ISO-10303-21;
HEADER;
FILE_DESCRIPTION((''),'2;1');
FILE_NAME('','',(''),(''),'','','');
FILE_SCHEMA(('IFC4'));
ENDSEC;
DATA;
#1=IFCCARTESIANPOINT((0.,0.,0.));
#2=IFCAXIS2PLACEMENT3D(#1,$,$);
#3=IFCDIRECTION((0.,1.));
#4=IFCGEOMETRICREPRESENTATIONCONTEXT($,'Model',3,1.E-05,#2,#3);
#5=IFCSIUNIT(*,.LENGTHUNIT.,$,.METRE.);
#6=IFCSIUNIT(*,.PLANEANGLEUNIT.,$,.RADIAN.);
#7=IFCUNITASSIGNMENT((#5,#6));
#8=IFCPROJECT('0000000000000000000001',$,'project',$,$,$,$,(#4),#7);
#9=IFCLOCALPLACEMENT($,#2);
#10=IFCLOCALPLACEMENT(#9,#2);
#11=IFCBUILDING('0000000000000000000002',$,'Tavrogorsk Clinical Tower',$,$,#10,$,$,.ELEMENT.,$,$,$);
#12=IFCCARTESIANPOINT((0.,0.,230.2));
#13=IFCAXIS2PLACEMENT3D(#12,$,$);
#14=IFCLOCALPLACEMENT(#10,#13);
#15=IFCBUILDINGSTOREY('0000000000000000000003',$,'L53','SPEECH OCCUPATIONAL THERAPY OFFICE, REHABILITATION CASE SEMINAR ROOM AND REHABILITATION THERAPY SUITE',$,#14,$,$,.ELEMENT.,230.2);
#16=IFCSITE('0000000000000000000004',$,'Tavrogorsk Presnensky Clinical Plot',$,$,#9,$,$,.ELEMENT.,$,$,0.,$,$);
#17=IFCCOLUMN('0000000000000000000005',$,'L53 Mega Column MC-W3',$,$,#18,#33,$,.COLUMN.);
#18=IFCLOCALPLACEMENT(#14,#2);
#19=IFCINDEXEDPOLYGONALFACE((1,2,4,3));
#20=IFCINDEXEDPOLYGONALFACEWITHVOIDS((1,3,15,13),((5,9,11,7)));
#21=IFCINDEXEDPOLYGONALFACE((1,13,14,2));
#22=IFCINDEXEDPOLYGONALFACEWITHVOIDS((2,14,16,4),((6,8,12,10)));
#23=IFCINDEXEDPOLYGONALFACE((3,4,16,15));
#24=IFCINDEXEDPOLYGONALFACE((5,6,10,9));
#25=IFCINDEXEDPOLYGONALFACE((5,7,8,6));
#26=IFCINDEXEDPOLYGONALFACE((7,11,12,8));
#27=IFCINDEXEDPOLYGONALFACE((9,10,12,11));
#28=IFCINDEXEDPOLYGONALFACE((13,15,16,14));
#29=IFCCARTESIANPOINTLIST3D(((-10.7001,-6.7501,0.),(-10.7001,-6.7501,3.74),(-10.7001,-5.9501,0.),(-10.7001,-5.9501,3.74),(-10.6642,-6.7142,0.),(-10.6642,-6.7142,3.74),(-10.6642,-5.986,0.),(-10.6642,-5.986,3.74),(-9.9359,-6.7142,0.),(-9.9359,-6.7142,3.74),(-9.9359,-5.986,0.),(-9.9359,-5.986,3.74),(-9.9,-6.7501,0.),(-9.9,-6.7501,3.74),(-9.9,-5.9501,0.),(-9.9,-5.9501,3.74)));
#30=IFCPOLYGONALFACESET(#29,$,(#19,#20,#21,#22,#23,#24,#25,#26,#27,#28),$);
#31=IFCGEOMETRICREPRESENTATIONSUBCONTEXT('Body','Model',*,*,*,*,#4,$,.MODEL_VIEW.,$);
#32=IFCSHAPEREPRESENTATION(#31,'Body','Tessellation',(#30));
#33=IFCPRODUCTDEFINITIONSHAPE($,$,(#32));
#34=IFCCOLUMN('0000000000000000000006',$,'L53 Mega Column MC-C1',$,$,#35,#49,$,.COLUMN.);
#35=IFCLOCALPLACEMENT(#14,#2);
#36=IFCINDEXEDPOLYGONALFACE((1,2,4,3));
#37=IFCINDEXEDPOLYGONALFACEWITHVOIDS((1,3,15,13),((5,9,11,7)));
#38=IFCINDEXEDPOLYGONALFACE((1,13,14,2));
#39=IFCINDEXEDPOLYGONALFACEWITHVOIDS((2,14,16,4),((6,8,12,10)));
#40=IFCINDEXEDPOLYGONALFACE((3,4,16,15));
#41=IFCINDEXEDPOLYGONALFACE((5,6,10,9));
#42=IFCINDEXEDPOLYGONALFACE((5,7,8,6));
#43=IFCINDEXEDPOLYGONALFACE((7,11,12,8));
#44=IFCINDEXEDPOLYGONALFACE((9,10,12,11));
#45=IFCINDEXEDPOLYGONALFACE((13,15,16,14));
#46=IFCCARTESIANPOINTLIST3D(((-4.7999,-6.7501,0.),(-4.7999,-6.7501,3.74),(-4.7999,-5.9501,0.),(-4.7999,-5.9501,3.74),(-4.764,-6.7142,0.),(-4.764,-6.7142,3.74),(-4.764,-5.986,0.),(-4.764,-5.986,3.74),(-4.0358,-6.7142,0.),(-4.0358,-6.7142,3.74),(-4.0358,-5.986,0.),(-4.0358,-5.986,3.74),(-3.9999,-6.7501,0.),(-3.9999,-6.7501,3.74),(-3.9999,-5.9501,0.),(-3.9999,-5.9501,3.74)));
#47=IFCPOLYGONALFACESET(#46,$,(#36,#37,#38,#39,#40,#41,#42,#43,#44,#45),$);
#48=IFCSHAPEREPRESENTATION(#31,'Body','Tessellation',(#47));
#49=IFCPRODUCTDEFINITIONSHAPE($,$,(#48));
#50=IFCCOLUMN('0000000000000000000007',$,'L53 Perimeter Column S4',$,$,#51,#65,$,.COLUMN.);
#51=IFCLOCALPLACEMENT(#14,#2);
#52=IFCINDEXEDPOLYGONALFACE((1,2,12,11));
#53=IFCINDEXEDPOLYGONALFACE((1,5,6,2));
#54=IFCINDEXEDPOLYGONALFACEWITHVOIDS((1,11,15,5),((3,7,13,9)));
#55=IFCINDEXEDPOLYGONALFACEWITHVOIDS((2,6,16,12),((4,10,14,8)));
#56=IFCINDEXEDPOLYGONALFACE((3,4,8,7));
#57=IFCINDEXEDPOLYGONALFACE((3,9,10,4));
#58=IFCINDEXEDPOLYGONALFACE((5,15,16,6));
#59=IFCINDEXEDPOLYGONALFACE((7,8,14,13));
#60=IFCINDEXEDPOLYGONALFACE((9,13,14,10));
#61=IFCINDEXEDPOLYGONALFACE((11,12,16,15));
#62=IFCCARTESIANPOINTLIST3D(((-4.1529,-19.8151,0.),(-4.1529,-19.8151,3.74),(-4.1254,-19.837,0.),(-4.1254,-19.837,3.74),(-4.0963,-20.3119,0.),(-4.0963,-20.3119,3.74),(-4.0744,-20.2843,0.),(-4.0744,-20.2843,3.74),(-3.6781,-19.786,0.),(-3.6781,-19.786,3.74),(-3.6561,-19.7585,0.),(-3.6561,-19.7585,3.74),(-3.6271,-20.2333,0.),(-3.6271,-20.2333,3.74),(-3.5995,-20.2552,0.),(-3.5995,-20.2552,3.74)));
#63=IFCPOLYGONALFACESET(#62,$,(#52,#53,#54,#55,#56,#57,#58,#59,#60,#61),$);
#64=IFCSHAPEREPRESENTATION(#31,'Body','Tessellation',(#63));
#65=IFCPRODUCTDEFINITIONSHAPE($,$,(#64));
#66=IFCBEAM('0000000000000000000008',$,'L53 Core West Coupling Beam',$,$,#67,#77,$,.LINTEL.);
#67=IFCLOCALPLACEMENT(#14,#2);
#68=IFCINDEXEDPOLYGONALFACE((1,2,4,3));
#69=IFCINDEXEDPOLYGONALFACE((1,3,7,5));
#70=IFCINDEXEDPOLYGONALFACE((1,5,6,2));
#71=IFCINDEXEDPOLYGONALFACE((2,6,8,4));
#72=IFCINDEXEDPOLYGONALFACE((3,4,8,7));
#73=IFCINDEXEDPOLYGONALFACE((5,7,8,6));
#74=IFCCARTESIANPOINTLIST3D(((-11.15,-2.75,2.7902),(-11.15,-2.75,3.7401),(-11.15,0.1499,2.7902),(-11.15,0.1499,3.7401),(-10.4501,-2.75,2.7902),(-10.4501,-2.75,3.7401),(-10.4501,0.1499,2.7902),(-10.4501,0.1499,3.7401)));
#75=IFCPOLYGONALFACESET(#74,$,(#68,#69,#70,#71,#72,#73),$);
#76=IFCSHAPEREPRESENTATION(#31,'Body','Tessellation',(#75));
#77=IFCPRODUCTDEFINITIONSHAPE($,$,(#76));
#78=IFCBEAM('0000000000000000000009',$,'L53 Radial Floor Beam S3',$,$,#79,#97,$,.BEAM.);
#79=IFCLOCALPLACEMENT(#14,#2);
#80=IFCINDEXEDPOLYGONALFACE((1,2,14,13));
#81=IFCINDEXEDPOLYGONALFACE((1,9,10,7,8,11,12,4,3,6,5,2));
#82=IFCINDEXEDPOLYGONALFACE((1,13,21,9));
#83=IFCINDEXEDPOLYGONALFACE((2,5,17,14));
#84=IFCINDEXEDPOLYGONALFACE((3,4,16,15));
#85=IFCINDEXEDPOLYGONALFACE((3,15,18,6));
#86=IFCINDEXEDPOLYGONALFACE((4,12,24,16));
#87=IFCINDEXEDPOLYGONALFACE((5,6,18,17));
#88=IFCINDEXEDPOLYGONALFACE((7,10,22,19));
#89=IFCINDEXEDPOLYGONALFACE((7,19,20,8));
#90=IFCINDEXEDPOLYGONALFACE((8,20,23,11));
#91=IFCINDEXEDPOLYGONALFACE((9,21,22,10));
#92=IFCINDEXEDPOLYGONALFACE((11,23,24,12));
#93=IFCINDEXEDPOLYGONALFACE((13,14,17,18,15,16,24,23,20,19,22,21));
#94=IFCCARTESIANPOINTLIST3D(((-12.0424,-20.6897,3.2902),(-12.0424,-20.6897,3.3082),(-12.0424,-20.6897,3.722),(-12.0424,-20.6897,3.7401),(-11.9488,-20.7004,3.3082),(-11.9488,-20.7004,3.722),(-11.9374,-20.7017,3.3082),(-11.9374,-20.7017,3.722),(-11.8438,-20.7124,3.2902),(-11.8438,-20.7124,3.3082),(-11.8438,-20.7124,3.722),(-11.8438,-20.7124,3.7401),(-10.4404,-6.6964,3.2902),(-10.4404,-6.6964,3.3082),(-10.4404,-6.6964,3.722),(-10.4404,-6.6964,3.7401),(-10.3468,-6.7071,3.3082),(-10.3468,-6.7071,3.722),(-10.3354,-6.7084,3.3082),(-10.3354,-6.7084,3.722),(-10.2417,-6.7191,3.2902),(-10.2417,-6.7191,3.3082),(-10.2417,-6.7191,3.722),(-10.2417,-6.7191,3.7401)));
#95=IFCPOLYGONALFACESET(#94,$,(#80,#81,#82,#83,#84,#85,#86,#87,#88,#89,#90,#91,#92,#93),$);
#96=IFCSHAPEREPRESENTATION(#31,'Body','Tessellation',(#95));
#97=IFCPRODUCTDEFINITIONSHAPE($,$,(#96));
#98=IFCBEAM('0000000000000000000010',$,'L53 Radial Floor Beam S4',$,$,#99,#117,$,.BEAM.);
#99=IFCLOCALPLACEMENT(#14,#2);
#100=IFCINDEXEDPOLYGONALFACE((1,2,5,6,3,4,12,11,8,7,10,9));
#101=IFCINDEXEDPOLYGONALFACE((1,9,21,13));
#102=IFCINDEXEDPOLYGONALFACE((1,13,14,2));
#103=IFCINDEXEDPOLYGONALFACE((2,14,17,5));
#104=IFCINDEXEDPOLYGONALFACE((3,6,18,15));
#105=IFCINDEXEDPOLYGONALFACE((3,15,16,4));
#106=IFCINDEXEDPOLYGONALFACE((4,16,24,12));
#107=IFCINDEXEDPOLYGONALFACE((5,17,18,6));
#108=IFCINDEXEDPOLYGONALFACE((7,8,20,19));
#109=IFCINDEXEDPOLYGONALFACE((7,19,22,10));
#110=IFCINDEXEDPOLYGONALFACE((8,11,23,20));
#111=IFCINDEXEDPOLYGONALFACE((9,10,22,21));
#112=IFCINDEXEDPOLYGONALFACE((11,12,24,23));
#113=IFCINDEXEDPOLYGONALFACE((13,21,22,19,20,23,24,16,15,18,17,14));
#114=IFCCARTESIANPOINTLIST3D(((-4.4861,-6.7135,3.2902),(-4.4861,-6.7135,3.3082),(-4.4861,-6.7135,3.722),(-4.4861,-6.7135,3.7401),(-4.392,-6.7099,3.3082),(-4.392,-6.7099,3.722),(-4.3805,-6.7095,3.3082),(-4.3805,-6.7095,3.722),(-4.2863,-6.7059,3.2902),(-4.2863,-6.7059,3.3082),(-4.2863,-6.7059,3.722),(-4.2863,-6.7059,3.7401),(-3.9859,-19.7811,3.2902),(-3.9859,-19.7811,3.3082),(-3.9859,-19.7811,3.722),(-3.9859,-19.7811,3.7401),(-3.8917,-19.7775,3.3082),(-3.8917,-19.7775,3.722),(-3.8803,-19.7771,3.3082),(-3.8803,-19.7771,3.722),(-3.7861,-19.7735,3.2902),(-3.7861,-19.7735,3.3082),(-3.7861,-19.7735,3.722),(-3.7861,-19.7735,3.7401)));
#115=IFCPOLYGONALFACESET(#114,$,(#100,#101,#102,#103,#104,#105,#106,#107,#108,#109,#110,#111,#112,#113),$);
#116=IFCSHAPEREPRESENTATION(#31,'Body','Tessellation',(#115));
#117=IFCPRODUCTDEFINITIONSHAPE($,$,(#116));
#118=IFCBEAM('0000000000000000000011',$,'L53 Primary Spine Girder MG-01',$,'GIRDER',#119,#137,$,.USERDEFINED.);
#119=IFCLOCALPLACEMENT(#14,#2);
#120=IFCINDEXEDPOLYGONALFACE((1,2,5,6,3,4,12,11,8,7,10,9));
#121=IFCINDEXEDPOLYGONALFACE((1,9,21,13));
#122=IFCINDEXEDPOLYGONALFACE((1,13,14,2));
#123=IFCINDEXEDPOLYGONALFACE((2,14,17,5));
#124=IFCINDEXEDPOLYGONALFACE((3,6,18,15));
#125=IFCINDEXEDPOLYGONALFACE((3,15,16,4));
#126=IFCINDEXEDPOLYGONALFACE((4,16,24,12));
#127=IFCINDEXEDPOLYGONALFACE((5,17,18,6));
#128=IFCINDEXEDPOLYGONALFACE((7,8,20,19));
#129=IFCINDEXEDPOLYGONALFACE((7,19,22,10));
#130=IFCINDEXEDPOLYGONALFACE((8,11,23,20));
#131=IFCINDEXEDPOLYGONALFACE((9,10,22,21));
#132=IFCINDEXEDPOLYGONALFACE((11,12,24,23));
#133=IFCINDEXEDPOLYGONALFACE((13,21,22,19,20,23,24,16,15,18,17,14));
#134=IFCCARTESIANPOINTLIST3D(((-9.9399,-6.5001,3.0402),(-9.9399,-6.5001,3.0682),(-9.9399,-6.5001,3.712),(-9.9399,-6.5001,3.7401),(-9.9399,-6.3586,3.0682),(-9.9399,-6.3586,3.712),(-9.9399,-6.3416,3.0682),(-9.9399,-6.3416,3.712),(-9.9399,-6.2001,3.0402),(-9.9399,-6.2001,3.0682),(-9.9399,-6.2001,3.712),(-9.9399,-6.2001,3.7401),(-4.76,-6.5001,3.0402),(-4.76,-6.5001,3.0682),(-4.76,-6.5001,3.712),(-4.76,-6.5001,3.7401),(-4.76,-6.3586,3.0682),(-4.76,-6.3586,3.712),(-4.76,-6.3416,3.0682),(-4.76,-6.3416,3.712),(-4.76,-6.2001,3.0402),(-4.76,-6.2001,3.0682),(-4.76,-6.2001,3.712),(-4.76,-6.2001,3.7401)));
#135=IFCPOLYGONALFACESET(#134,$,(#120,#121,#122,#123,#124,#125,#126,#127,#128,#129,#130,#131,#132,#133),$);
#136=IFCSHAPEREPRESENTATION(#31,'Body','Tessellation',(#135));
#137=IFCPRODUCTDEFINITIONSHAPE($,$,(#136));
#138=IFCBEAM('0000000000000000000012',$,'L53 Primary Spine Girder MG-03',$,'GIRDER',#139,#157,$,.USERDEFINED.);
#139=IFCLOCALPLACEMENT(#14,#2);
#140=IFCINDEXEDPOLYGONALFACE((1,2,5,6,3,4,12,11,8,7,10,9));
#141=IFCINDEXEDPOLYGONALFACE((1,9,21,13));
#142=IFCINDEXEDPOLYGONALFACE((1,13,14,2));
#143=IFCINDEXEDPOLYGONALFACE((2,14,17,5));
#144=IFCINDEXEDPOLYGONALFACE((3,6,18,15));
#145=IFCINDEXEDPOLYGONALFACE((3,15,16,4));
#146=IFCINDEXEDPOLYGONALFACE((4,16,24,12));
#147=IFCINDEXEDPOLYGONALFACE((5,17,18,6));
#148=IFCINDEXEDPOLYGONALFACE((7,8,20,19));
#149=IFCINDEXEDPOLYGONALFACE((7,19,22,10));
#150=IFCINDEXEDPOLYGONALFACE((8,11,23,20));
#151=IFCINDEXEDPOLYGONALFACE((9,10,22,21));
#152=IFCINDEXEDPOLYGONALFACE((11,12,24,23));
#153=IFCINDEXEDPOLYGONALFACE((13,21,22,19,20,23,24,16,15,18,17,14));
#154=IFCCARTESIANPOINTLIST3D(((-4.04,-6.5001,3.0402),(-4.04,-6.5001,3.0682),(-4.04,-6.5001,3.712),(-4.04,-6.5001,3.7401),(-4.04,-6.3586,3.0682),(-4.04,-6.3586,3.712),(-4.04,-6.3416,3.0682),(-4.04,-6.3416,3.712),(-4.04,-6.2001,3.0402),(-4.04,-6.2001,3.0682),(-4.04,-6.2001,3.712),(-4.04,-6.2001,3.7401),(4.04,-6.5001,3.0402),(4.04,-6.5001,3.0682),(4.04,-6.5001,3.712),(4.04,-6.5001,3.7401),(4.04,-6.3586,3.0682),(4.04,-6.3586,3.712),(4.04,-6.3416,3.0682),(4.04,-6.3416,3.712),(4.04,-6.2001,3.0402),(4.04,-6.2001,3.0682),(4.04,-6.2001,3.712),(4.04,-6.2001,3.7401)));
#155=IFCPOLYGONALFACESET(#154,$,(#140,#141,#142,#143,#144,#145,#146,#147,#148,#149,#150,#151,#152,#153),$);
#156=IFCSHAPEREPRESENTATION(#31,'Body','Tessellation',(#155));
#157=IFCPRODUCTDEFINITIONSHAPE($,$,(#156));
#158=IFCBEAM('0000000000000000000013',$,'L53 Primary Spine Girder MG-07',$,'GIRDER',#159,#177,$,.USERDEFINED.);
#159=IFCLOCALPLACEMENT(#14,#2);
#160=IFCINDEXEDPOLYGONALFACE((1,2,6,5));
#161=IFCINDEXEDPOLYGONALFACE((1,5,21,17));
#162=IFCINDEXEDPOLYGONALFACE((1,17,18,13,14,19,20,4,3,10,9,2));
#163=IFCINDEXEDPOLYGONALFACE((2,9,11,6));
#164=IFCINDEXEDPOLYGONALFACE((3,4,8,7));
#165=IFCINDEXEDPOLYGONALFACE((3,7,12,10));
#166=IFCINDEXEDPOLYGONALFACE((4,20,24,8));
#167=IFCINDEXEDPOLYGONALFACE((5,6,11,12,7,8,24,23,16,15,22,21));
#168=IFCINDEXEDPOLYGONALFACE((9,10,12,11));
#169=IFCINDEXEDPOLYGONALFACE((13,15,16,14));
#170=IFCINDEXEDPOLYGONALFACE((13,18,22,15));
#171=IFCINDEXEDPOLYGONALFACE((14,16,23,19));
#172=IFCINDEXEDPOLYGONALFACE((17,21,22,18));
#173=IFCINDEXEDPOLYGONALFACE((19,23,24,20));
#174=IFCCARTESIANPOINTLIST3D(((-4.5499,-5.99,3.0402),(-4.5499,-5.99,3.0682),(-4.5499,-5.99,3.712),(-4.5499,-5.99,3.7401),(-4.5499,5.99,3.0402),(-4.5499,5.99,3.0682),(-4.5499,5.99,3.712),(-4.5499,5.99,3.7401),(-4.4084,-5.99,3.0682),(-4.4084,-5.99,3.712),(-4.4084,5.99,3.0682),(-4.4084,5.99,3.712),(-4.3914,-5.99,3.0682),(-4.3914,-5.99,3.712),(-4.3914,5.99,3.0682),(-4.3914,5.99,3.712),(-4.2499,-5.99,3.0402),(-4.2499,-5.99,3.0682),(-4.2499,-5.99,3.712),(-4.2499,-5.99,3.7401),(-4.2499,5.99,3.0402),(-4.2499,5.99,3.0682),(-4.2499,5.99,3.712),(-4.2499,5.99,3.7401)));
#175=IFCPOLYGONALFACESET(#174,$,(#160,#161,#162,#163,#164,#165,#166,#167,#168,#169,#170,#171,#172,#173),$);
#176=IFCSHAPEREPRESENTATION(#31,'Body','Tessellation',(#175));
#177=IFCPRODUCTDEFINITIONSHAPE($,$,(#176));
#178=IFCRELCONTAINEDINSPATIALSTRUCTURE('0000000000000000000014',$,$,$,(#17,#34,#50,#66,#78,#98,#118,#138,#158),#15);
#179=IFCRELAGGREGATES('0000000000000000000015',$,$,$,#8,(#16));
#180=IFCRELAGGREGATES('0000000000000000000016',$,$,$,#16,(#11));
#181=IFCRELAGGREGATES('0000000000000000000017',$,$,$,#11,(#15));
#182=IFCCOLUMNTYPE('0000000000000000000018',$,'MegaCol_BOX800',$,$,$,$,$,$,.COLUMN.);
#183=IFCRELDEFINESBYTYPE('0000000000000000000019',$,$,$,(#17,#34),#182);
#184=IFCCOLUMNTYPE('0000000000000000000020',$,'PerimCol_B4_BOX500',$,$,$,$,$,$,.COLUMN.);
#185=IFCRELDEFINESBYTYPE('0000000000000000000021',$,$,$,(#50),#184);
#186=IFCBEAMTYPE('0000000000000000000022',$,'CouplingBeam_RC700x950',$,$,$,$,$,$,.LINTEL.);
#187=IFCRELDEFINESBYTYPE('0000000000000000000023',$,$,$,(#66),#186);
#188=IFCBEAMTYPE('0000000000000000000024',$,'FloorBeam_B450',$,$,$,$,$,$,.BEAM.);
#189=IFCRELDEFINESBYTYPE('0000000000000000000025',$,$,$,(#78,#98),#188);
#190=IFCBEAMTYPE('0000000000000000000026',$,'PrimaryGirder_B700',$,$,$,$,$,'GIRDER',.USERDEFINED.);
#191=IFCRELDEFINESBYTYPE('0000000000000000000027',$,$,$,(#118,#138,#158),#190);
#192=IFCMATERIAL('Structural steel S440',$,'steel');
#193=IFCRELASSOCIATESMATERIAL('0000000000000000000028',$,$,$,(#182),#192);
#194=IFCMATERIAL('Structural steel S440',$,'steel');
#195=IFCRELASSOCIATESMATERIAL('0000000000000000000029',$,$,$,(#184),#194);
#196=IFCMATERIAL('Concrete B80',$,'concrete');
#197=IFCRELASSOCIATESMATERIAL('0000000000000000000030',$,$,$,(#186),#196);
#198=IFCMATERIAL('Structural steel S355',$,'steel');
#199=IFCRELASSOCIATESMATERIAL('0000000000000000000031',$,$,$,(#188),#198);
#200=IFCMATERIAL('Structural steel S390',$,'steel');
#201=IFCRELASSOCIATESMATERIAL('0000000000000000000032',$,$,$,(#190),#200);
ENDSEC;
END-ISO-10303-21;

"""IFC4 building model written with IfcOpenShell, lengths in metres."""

from ifc_helpers import new_model, si_unit, direction, frame, origin, origin_2d, place, context, subcontext, project, spatial, rectangle, hollow_rectangle, i_section, extrude, material, material_profile, profile_set, type_object, element, save


model = new_model("IFC4")

# Units and contexts
model_context = context("Model", 3, precision=1e-05, world=origin(), true_north=direction((0.0, 1.0)))
body_context = subcontext(model_context, "Body", "Model", "MODEL_VIEW")
ifc_project = project(units=[si_unit("LENGTHUNIT", "METRE"), si_unit("PLANEANGLEUNIT", "RADIAN")], contexts=[model_context])

# Site, building, storey
site_placement = place(None, origin())
site = spatial("IfcSite", under=ifc_project, at=site_placement, Name="Tavrogorsk Presnensky Clinical Plot", CompositionType="ELEMENT", RefElevation=0.0)
building_placement = place(site_placement, origin())
building = spatial("IfcBuilding", under=site, at=building_placement, Name="Tavrogorsk Clinical Tower", CompositionType="ELEMENT")
storey_placement = place(building_placement, frame((0.0, 0.0, 230.2)))
storey = spatial("IfcBuildingStorey", under=building, at=storey_placement, Name="L53", Description="SPEECH OCCUPATIONAL THERAPY OFFICE, REHABILITATION CASE SEMINAR ROOM AND REHABILITATION THERAPY SUITE", CompositionType="ELEMENT", Elevation=230.2)

# Columns
ifc_material_1 = material(Name="Structural steel S440", Category="steel")
ifc_material_profile_1 = material_profile(ifc_material_1, hollow_rectangle(XDim=0.8, YDim=0.8, WallThickness=0.0359, at=origin_2d()), Name="BOX-800x800x36")
ifc_profile_set_1 = profile_set([ifc_material_profile_1], Name="Structural steel S440")
column_type_1 = type_object("IfcColumnType", Name="MegaCol_BOX800", PredefinedType="COLUMN", material=ifc_profile_set_1)
for number, where, z_axis, x_axis, name in (
    (1, (-10.3, -6.3501, 0.0), (0.0, 0.0, 1.0), (1.0, 0.0, 0.0), "L53 Mega Column MC-W3"),
    (2, (-4.3999, -6.3501, 0.0), (0.0, 0.0, 1.0), (1.0, 0.0, 0.0), "L53 Mega Column MC-C1"),
):
    element("IfcColumn", number, at=place(storey_placement, frame(where, z_axis=z_axis, x_axis=x_axis)), inside=storey, type_object=column_type_1, Name=name, PredefinedType="COLUMN", context=body_context, shape_type="SweptSolid", body=[
        extrude(hollow_rectangle(XDim=0.8, YDim=0.8, WallThickness=0.0359, at=origin_2d()), origin(), (0.0, 0.0, 1.0), 3.74),
    ])
ifc_material_2 = material(Name="Structural steel S440", Category="steel")
ifc_material_profile_2 = material_profile(ifc_material_2, hollow_rectangle(XDim=0.5, YDim=0.5, WallThickness=0.0249, at=origin_2d()), Name="BOX-500x500x25")
ifc_profile_set_2 = profile_set([ifc_material_profile_2], Name="Structural steel S440")
column_type_2 = type_object("IfcColumnType", Name="PerimCol_B4_BOX500", PredefinedType="COLUMN", material=ifc_profile_set_2)
column_placement = place(storey_placement, frame((-3.8762, -20.0352, 0.0), z_axis=(0.0, 0.0, 1.0), x_axis=(0.993572, 0.113203, 0.0)))
element("IfcColumn", 3, at=column_placement, inside=storey, type_object=column_type_2, Name="L53 Perimeter Column S4", PredefinedType="COLUMN", context=body_context, shape_type="SweptSolid", body=[
    extrude(hollow_rectangle(XDim=0.5, YDim=0.5, WallThickness=0.0249, at=origin_2d()), origin(), (0.0, 0.0, 1.0), 3.74),
])

# Beams
ifc_material_3 = material(Name="Concrete B80", Category="concrete")
ifc_material_profile_3 = material_profile(ifc_material_3, rectangle(XDim=0.7, YDim=0.95, at=origin_2d()), Name="RC-CB-700x950")
ifc_profile_set_3 = profile_set([ifc_material_profile_3], Name="Concrete B80")
beam_type_1 = type_object("IfcBeamType", Name="CouplingBeam_RC700x950", PredefinedType="LINTEL", material=ifc_profile_set_3)
beam_1_placement = place(storey_placement, frame((-10.8, -2.75, 3.2651), z_axis=(0.0, 1.0, 0.0), x_axis=(-1.0, 0.0, 0.0)))
element("IfcBeam", 4, at=beam_1_placement, inside=storey, type_object=beam_type_1, Name="L53 Core West Coupling Beam", PredefinedType="LINTEL", context=body_context, shape_type="SweptSolid", body=[
    extrude(rectangle(XDim=0.7, YDim=0.95, at=origin_2d()), origin(), (0.0, 0.0, 1.0), 2.8999),
])
ifc_material_4 = material(Name="Structural steel S355", Category="steel")
ifc_material_profile_4 = material_profile(ifc_material_4, i_section(OverallWidth=0.2, OverallDepth=0.45, WebThickness=0.0115, FlangeThickness=0.0181, at=origin_2d()), Name="B-450x200x11.5x18")
ifc_profile_set_4 = profile_set([ifc_material_profile_4], Name="Structural steel S355")
beam_type_2 = type_object("IfcBeamType", Name="FloorBeam_B450", PredefinedType="BEAM", material=ifc_profile_set_4)
beam_2_placement = place(storey_placement, frame((-10.3411, -6.7078, 3.5151), z_axis=(-0.113743, -0.99351, 0.0), x_axis=(0.99351, -0.113743, 0.0)))
element("IfcBeam", 5, at=beam_2_placement, inside=storey, type_object=beam_type_2, Name="L53 Radial Floor Beam S3", PredefinedType="BEAM", context=body_context, shape_type="SweptSolid", body=[
    extrude(i_section(OverallWidth=0.2, OverallDepth=0.45, WebThickness=0.0115, FlangeThickness=0.0181, at=origin_2d()), origin(), (0.0, 0.0, 1.0), 14.0847),
])
beam_3_placement = place(storey_placement, frame((-4.3862, -6.7097, 3.5151), z_axis=(0.038253, -0.999268, 0.0), x_axis=(0.999268, 0.038253, 0.0)))
element("IfcBeam", 6, at=beam_3_placement, inside=storey, type_object=beam_type_2, Name="L53 Radial Floor Beam S4", PredefinedType="BEAM", context=body_context, shape_type="SweptSolid", body=[
    extrude(i_section(OverallWidth=0.2, OverallDepth=0.45, WebThickness=0.0115, FlangeThickness=0.0181, at=origin_2d()), origin(), (0.0, 0.0, 1.0), 13.0771),
])
ifc_material_5 = material(Name="Structural steel S390", Category="steel")
ifc_material_profile_5 = material_profile(ifc_material_5, i_section(OverallWidth=0.3, OverallDepth=0.7, WebThickness=0.0171, FlangeThickness=0.0281, at=origin_2d()), Name="B-700x300x17x28")
ifc_profile_set_5 = profile_set([ifc_material_profile_5], Name="Structural steel S390")
beam_type_3 = type_object("IfcBeamType", Name="PrimaryGirder_B700", ElementType="GIRDER", PredefinedType="USERDEFINED", material=ifc_profile_set_5)
beam_4_placement = place(storey_placement, frame((-9.9399, -6.3501, 3.3901), z_axis=(1.0, 0.0, 0.0), x_axis=(0.0, 1.0, 0.0)))
element("IfcBeam", 7, at=beam_4_placement, inside=storey, type_object=beam_type_3, Name="L53 Primary Spine Girder MG-01", ObjectType="GIRDER", PredefinedType="USERDEFINED", context=body_context, shape_type="SweptSolid", body=[
    extrude(i_section(OverallWidth=0.3, OverallDepth=0.7, WebThickness=0.0171, FlangeThickness=0.0281, at=origin_2d()), origin(), (0.0, 0.0, 1.0), 5.1799),
])
beam_5_placement = place(storey_placement, frame((-4.04, -6.3501, 3.3901), z_axis=(1.0, 0.0, 0.0), x_axis=(0.0, 1.0, 0.0)))
element("IfcBeam", 8, at=beam_5_placement, inside=storey, type_object=beam_type_3, Name="L53 Primary Spine Girder MG-03", ObjectType="GIRDER", PredefinedType="USERDEFINED", context=body_context, shape_type="SweptSolid", body=[
    extrude(i_section(OverallWidth=0.3, OverallDepth=0.7, WebThickness=0.0171, FlangeThickness=0.0281, at=origin_2d()), origin(), (0.0, 0.0, 1.0), 8.0801),
])
beam_6_placement = place(storey_placement, frame((-4.3999, -5.99, 3.3901), z_axis=(0.0, 1.0, 0.0), x_axis=(-1.0, 0.0, 0.0)))
element("IfcBeam", 9, at=beam_6_placement, inside=storey, type_object=beam_type_3, Name="L53 Primary Spine Girder MG-07", ObjectType="GIRDER", PredefinedType="USERDEFINED", context=body_context, shape_type="SweptSolid", body=[
    extrude(i_section(OverallWidth=0.3, OverallDepth=0.7, WebThickness=0.0171, FlangeThickness=0.0281, at=origin_2d()), origin(), (0.0, 0.0, 1.0), 11.98),
])

save(model, "model.ifc")
